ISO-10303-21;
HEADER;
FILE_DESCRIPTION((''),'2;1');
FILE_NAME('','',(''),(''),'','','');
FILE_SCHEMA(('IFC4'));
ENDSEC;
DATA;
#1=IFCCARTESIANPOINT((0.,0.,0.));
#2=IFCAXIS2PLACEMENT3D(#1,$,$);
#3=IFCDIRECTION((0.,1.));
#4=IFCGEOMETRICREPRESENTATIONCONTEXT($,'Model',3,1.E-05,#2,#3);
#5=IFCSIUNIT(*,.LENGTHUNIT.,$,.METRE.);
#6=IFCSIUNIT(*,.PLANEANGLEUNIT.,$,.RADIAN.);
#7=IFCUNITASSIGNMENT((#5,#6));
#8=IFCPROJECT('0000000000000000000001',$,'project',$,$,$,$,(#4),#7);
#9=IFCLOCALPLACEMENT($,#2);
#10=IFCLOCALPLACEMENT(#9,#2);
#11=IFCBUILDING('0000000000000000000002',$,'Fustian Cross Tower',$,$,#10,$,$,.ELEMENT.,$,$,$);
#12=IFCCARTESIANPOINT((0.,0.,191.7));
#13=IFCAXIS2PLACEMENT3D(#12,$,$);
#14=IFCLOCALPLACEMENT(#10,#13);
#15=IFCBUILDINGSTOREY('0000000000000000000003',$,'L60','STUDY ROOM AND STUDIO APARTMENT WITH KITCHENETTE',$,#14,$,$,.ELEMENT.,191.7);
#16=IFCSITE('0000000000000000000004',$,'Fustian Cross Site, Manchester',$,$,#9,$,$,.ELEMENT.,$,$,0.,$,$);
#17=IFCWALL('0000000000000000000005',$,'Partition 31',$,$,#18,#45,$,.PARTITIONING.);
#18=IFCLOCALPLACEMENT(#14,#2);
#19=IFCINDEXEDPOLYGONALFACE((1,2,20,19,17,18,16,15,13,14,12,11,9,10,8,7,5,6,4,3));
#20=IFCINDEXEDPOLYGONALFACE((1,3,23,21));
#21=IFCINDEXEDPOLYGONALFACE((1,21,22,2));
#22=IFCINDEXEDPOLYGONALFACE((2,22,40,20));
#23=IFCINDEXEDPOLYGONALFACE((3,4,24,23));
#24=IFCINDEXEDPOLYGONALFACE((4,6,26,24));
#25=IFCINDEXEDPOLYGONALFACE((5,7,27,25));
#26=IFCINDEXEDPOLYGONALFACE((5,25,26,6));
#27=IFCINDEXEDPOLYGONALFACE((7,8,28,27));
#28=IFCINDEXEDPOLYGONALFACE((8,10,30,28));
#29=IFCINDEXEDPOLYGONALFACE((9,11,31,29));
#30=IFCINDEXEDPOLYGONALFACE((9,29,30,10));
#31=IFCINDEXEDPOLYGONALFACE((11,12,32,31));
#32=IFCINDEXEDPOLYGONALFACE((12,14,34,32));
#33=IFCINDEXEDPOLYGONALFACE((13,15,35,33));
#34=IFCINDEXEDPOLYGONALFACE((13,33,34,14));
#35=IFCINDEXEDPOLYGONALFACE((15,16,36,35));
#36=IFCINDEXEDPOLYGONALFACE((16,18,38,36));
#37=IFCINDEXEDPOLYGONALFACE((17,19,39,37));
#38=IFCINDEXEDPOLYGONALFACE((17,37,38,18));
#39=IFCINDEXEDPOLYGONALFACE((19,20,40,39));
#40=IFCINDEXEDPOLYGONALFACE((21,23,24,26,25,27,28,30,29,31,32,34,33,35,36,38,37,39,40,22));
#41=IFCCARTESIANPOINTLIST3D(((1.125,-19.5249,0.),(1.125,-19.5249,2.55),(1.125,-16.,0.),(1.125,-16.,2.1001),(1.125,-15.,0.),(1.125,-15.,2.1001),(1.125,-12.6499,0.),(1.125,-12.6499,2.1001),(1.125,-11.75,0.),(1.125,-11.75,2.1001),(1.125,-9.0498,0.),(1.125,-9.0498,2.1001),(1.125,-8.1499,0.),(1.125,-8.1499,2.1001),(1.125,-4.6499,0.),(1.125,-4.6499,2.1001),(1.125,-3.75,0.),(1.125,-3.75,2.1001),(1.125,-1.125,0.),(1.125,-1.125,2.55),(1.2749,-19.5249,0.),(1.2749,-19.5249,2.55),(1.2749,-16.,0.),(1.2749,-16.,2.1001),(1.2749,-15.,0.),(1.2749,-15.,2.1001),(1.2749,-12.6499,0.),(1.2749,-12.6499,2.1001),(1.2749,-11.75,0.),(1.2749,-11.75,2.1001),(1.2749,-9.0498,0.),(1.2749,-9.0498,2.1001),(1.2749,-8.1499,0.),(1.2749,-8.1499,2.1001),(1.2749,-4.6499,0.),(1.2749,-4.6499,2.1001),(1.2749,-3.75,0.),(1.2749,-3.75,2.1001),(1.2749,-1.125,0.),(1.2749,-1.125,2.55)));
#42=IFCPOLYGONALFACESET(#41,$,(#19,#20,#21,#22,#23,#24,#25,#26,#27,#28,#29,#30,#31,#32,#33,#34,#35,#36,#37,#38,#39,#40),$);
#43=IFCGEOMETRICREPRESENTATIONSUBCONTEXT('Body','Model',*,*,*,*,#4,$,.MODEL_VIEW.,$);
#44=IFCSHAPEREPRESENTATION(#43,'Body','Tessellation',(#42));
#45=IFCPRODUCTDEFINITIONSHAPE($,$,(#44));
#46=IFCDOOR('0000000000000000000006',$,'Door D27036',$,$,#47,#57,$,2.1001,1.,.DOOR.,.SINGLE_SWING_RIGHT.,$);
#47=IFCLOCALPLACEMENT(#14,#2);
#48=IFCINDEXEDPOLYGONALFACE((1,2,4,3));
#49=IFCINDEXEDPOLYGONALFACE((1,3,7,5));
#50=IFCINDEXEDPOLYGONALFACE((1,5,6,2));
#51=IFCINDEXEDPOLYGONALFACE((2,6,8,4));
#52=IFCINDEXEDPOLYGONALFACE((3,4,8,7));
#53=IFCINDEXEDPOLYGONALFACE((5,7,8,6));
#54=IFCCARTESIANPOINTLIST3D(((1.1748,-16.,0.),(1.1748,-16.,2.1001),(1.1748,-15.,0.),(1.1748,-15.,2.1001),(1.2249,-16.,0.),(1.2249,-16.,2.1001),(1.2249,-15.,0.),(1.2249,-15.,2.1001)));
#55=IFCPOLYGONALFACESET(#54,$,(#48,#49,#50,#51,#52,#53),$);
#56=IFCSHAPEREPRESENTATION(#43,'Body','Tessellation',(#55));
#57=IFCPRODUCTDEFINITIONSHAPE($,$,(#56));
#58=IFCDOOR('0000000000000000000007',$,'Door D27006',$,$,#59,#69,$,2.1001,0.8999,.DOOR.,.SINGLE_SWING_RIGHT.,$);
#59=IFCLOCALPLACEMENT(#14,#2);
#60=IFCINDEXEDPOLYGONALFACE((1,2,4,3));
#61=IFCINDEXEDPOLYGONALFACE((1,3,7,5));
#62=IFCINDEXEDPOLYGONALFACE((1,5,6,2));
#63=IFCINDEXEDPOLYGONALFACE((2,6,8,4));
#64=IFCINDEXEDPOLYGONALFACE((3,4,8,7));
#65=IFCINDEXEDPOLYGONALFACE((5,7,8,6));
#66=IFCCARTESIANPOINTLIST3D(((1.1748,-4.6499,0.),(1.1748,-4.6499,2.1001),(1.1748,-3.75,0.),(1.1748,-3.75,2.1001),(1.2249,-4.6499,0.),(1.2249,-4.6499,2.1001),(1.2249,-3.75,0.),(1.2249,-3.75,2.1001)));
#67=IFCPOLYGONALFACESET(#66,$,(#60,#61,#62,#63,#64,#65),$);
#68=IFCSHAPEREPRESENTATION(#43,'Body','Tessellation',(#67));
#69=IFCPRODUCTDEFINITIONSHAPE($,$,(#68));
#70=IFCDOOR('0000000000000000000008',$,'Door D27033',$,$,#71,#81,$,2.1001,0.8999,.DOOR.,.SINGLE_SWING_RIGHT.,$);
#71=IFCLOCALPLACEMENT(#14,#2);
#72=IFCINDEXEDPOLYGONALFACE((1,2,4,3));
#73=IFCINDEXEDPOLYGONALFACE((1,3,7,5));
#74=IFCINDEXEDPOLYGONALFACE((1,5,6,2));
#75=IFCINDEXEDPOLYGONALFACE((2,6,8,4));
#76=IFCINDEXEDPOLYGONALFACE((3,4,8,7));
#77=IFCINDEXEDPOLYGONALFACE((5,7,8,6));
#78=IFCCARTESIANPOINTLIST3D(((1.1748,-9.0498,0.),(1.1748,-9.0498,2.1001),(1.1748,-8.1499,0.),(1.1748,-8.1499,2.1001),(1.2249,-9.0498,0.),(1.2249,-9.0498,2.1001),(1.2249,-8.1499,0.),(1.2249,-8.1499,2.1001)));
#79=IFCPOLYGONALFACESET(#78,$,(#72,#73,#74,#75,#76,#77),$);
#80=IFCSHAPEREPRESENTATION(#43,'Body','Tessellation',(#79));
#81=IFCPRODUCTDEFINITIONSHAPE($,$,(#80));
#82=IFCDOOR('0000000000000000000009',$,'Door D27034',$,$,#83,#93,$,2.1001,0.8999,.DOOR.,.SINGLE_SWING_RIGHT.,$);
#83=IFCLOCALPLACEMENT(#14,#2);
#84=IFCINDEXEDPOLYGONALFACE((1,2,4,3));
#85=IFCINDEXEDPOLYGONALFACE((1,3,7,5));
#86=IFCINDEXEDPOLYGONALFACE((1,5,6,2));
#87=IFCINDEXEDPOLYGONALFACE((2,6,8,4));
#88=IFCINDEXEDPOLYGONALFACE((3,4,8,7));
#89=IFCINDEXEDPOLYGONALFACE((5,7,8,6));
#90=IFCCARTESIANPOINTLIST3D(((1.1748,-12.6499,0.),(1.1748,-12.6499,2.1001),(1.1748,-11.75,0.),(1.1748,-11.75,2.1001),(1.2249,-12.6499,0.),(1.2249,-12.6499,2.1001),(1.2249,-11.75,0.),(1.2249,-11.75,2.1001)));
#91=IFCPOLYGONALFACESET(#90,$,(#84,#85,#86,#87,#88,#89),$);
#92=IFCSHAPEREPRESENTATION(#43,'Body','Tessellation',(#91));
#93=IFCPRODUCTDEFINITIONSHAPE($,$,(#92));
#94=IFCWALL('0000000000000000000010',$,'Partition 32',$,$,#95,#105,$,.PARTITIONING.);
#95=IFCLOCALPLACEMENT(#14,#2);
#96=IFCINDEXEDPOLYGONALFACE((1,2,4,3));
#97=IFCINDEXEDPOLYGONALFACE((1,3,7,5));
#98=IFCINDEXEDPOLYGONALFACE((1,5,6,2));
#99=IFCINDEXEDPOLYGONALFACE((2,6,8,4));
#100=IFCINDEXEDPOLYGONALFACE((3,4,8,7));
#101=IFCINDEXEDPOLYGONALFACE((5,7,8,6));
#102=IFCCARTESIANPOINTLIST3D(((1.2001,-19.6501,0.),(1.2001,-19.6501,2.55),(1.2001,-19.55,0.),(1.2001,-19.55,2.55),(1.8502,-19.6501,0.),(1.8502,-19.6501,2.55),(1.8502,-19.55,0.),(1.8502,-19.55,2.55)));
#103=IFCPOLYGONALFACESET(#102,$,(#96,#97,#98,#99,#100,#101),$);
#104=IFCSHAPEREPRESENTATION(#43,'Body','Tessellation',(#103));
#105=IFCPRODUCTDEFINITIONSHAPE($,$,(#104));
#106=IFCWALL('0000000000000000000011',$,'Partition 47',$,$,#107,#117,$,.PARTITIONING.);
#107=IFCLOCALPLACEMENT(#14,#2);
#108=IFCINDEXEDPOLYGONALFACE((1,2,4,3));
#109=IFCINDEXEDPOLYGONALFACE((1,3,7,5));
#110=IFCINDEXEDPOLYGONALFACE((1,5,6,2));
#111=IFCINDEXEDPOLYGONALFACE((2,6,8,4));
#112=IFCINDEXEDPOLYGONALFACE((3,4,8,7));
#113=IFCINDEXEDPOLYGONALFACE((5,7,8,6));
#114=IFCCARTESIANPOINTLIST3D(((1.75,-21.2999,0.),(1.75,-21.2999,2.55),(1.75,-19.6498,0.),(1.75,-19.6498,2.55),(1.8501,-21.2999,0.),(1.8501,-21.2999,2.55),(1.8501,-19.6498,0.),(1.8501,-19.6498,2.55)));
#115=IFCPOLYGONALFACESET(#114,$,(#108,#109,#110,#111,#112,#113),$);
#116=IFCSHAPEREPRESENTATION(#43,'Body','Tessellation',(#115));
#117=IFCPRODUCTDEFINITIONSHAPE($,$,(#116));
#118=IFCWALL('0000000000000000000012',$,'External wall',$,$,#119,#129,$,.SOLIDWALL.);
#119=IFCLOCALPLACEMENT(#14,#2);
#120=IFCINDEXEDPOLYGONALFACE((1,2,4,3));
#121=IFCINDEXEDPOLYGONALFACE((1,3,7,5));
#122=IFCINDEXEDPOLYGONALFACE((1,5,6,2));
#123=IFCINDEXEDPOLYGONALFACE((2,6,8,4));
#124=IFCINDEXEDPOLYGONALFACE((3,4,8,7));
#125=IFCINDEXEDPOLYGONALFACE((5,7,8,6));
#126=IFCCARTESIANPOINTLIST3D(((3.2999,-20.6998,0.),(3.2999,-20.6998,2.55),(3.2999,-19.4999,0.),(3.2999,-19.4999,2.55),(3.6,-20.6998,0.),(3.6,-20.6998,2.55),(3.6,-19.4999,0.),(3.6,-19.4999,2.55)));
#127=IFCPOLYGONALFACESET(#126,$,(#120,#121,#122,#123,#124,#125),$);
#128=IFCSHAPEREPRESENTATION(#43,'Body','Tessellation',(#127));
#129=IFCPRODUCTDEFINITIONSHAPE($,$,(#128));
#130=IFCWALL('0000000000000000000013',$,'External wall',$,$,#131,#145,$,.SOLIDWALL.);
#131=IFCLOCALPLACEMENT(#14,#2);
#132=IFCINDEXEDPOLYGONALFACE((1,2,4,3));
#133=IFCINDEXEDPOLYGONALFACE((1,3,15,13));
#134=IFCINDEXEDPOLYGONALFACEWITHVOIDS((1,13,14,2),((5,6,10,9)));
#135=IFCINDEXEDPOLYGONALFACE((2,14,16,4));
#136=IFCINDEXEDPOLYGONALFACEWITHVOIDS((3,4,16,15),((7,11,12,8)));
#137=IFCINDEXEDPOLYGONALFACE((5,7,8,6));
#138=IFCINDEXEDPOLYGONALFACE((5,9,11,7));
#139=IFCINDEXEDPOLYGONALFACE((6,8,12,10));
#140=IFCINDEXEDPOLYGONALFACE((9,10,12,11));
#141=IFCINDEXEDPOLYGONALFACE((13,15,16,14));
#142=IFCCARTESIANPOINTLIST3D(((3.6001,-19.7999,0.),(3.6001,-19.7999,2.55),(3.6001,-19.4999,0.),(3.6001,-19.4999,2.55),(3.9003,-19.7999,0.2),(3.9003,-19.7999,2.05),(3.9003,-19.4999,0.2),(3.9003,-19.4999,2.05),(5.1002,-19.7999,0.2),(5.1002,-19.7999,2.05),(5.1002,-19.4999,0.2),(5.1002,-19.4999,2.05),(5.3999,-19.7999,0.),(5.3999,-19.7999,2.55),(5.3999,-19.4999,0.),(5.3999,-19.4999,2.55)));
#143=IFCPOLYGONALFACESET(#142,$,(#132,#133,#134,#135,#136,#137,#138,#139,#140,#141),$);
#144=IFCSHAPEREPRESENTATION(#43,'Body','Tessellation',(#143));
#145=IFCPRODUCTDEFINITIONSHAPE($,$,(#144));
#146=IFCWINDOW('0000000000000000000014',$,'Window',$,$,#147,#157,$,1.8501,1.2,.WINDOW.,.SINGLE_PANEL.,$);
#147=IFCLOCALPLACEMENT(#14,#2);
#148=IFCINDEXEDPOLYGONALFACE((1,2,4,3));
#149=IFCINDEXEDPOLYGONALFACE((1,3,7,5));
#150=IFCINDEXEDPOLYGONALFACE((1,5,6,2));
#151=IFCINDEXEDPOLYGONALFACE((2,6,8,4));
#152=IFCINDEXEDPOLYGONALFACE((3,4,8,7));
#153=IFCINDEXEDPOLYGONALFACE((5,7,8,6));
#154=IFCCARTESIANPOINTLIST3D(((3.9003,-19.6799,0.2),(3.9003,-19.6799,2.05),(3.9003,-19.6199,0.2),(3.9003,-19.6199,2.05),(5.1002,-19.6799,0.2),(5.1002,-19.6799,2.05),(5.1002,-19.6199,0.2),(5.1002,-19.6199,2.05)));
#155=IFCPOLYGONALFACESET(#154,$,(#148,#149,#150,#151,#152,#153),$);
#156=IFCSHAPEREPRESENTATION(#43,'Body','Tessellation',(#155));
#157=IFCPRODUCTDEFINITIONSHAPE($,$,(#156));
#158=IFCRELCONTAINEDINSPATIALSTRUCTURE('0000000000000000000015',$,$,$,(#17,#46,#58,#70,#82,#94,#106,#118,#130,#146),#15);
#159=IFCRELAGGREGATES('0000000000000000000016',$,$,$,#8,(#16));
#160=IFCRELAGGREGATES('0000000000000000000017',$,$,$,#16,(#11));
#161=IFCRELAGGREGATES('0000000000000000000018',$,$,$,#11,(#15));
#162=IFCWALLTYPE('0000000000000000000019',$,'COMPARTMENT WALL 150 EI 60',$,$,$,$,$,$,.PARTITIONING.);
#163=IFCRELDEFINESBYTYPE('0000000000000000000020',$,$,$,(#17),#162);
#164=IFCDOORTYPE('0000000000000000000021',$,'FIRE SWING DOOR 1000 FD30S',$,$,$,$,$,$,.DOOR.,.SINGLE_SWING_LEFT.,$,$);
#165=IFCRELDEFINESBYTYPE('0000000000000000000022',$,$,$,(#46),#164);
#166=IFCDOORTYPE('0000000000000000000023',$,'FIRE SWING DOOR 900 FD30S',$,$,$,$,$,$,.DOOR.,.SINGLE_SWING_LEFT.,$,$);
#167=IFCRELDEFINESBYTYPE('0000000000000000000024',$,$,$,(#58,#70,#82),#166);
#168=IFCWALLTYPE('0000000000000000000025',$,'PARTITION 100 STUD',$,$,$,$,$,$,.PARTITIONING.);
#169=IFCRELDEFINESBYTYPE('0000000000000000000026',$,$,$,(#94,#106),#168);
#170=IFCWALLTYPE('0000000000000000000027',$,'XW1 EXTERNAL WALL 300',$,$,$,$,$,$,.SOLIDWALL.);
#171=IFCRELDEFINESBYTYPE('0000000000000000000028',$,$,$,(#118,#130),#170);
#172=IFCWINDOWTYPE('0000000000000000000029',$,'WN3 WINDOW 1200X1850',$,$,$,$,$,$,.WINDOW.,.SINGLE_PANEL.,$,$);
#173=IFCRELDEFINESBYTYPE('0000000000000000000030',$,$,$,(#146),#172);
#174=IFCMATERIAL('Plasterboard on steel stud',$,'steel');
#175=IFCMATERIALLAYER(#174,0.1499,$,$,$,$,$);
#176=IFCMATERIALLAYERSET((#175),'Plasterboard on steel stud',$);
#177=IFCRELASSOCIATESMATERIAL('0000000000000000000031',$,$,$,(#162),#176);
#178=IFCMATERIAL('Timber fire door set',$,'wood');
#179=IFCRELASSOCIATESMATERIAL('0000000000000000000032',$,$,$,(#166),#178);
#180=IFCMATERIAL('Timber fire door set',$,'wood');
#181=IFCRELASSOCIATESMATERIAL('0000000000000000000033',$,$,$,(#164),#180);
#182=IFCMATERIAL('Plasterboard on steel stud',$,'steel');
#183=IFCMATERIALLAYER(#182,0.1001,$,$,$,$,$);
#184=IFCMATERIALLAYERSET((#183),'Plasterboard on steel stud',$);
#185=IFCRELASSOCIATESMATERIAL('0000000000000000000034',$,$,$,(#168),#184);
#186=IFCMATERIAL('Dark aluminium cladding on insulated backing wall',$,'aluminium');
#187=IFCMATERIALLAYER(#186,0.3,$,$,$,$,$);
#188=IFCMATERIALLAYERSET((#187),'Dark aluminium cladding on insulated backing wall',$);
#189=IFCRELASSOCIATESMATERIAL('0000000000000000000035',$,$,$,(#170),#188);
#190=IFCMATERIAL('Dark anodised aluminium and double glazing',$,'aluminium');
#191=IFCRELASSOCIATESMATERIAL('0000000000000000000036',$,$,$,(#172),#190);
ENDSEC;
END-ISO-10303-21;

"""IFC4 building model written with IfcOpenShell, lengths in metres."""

from ifc_helpers import new_model, si_unit, direction, frame, frame_2d, origin, place, context, subcontext, project, spatial, rectangle, extrude, material, layer, layer_set, type_object, element, fill, save


model = new_model("IFC4")

# Units and contexts
model_context = context("Model", 3, precision=1e-05, world=origin(), true_north=direction((0.0, 1.0)))
body_context = subcontext(model_context, "Body", "Model", "MODEL_VIEW")
ifc_project = project(units=[si_unit("LENGTHUNIT", "METRE"), si_unit("PLANEANGLEUNIT", "RADIAN")], contexts=[model_context])

# Site, building, storey
site_placement = place(None, origin())
site = spatial("IfcSite", under=ifc_project, at=site_placement, Name="Fustian Cross Site, Manchester", CompositionType="ELEMENT", RefElevation=0.0)
building_placement = place(site_placement, origin())
building = spatial("IfcBuilding", under=site, at=building_placement, Name="Fustian Cross Tower", CompositionType="ELEMENT")
storey_placement = place(building_placement, frame((0.0, 0.0, 191.7)))
storey = spatial("IfcBuildingStorey", under=building, at=storey_placement, Name="L60", Description="STUDY ROOM AND STUDIO APARTMENT WITH KITCHENETTE", CompositionType="ELEMENT", Elevation=191.7)

# Shared definitions
ifc_material_1 = material(Name="Plasterboard on steel stud", Category="steel")
ifc_layer_1 = layer(ifc_material_1, 0.1499)
ifc_layer_set_1 = layer_set([ifc_layer_1], Name="Plasterboard on steel stud")
wall_type_1 = type_object("IfcWallType", Name="COMPARTMENT WALL 150 EI 60", PredefinedType="PARTITIONING", material=ifc_layer_set_1)
ifc_material_2 = material(Name="Timber fire door set", Category="wood")
door_type_1 = type_object("IfcDoorType", Name="FIRE SWING DOOR 900 FD30S", OperationType="SINGLE_SWING_LEFT", PredefinedType="DOOR", material=ifc_material_2)

# Wall, openings, doors
wall_1_placement = place(storey_placement, frame((1.2, -19.5249, 0.0), z_axis=(0.0, 0.0, 1.0), x_axis=(0.0, 1.0, 0.0)))
wall_1 = element("IfcWall", 1, at=wall_1_placement, inside=storey, type_object=wall_type_1, Name="Partition 31", PredefinedType="PARTITIONING", context=body_context, shape_type="SweptSolid", body=[
    extrude(rectangle(XDim=18.3999, YDim=0.1499, at=frame_2d((9.2, 0.0))), origin(), (0.0, 0.0, 1.0), 2.55),
])
opening_1_placement = place(wall_1_placement, frame((14.875, 0.0, 0.0)))
opening_1 = element("IfcOpeningElement", 2, at=opening_1_placement, cuts=wall_1, PredefinedType="OPENING", context=body_context, shape_type="SweptSolid", body=[
    extrude(rectangle(XDim=0.8999, YDim=2.1001, at=frame_2d((0.45, 1.05))), frame((0.0, 0.085, 0.0), z_axis=(0.0, -1.0, 0.0), x_axis=(1.0, 0.0, 0.0)), (0.0, 0.0, 1.0), 0.1699),
])
opening_2_placement = place(wall_1_placement, frame((10.4751, 0.0, 0.0)))
opening_2 = element("IfcOpeningElement", 3, at=opening_2_placement, cuts=wall_1, PredefinedType="OPENING", context=body_context, shape_type="SweptSolid", body=[
    extrude(rectangle(XDim=0.8999, YDim=2.1001, at=frame_2d((0.45, 1.05))), frame((0.0, 0.085, 0.0), z_axis=(0.0, -1.0, 0.0), x_axis=(1.0, 0.0, 0.0)), (0.0, 0.0, 1.0), 0.1699),
])
opening_3_placement = place(wall_1_placement, frame((6.875, 0.0, 0.0)))
opening_3 = element("IfcOpeningElement", 4, at=opening_3_placement, cuts=wall_1, PredefinedType="OPENING", context=body_context, shape_type="SweptSolid", body=[
    extrude(rectangle(XDim=0.8999, YDim=2.1001, at=frame_2d((0.45, 1.05))), frame((0.0, 0.085, 0.0), z_axis=(0.0, -1.0, 0.0), x_axis=(1.0, 0.0, 0.0)), (0.0, 0.0, 1.0), 0.1699),
])
opening_4_placement = place(wall_1_placement, frame((3.5249, 0.0, 0.0)))
opening_4 = element("IfcOpeningElement", 5, at=opening_4_placement, cuts=wall_1, PredefinedType="OPENING", context=body_context, shape_type="SweptSolid", body=[
    extrude(rectangle(XDim=1.0, YDim=2.1001, at=frame_2d((0.5, 1.05))), frame((0.0, 0.085, 0.0), z_axis=(0.0, -1.0, 0.0), x_axis=(1.0, 0.0, 0.0)), (0.0, 0.0, 1.0), 0.1699),
])
ifc_material_3 = material(Name="Timber fire door set", Category="wood")
door_type_2 = type_object("IfcDoorType", Name="FIRE SWING DOOR 1000 FD30S", OperationType="SINGLE_SWING_LEFT", PredefinedType="DOOR", material=ifc_material_3)
door_1_placement = place(opening_4_placement, frame((1.0, 0.0, 0.0), z_axis=(0.0, 0.0, 1.0), x_axis=(-1.0, 0.0, 0.0)))
door_1 = element("IfcDoor", 6, at=door_1_placement, inside=storey, type_object=door_type_2, Name="Door D27036", OperationType="SINGLE_SWING_RIGHT", OverallHeight=2.1001, OverallWidth=1.0, PredefinedType="DOOR", context=body_context, shape_type="SweptSolid", body=[
    extrude(rectangle(XDim=1.0, YDim=2.1001, at=frame_2d((0.5, 1.05))), frame((0.0, 0.0249, 0.0), z_axis=(0.0, -1.0, 0.0), x_axis=(1.0, 0.0, 0.0)), (0.0, 0.0, 1.0), 0.05),
])
fill(opening_4, door_1)
door_2_placement = place(opening_1_placement, frame((0.8999, 0.0, 0.0), z_axis=(0.0, 0.0, 1.0), x_axis=(-1.0, 0.0, 0.0)))
door_2 = element("IfcDoor", 7, at=door_2_placement, inside=storey, type_object=door_type_1, Name="Door D27006", OperationType="SINGLE_SWING_RIGHT", OverallHeight=2.1001, OverallWidth=0.8999, PredefinedType="DOOR", context=body_context, shape_type="SweptSolid", body=[
    extrude(rectangle(XDim=0.8999, YDim=2.1001, at=frame_2d((0.45, 1.05))), frame((0.0, 0.0249, 0.0), z_axis=(0.0, -1.0, 0.0), x_axis=(1.0, 0.0, 0.0)), (0.0, 0.0, 1.0), 0.05),
])
fill(opening_1, door_2)
door_3_placement = place(opening_2_placement, frame((0.8999, 0.0, 0.0), z_axis=(0.0, 0.0, 1.0), x_axis=(-1.0, 0.0, 0.0)))
door_3 = element("IfcDoor", 8, at=door_3_placement, inside=storey, type_object=door_type_1, Name="Door D27033", OperationType="SINGLE_SWING_RIGHT", OverallHeight=2.1001, OverallWidth=0.8999, PredefinedType="DOOR", context=body_context, shape_type="SweptSolid", body=[
    extrude(rectangle(XDim=0.8999, YDim=2.1001, at=frame_2d((0.45, 1.05))), frame((0.0, 0.0249, 0.0), z_axis=(0.0, -1.0, 0.0), x_axis=(1.0, 0.0, 0.0)), (0.0, 0.0, 1.0), 0.05),
])
fill(opening_2, door_3)
door_4_placement = place(opening_3_placement, frame((0.8999, 0.0, 0.0), z_axis=(0.0, 0.0, 1.0), x_axis=(-1.0, 0.0, 0.0)))
door_4 = element("IfcDoor", 9, at=door_4_placement, inside=storey, type_object=door_type_1, Name="Door D27034", OperationType="SINGLE_SWING_RIGHT", OverallHeight=2.1001, OverallWidth=0.8999, PredefinedType="DOOR", context=body_context, shape_type="SweptSolid", body=[
    extrude(rectangle(XDim=0.8999, YDim=2.1001, at=frame_2d((0.45, 1.05))), frame((0.0, 0.0249, 0.0), z_axis=(0.0, -1.0, 0.0), x_axis=(1.0, 0.0, 0.0)), (0.0, 0.0, 1.0), 0.05),
])
fill(opening_3, door_4)

# Walls
ifc_material_4 = material(Name="Plasterboard on steel stud", Category="steel")
ifc_layer_2 = layer(ifc_material_4, 0.1001)
ifc_layer_set_2 = layer_set([ifc_layer_2], Name="Plasterboard on steel stud")
wall_type_2 = type_object("IfcWallType", Name="PARTITION 100 STUD", PredefinedType="PARTITIONING", material=ifc_layer_set_2)
wall_2_placement = place(storey_placement, frame((1.2, -19.6001, 0.0), z_axis=(0.0, 0.0, 1.0), x_axis=(1.0, 0.0, 0.0)))
element("IfcWall", 10, at=wall_2_placement, inside=storey, type_object=wall_type_2, Name="Partition 32", PredefinedType="PARTITIONING", context=body_context, shape_type="SweptSolid", body=[
    extrude(rectangle(XDim=0.6501, YDim=0.1001, at=frame_2d((0.3252, 0.0))), origin(), (0.0, 0.0, 1.0), 2.55),
])
wall_3_placement = place(storey_placement, frame((1.8, -21.3, 0.0), z_axis=(0.0, 0.0, 1.0), x_axis=(0.0, 1.0, 0.0)))
element("IfcWall", 11, at=wall_3_placement, inside=storey, type_object=wall_type_2, Name="Partition 47", PredefinedType="PARTITIONING", context=body_context, shape_type="SweptSolid", body=[
    extrude(rectangle(XDim=1.6501, YDim=0.1001, at=frame_2d((0.8252, 0.0))), origin(), (0.0, 0.0, 1.0), 2.55),
])
ifc_material_5 = material(Name="Dark aluminium cladding on insulated backing wall", Category="aluminium")
ifc_layer_3 = layer(ifc_material_5, 0.3)
ifc_layer_set_3 = layer_set([ifc_layer_3], Name="Dark aluminium cladding on insulated backing wall")
wall_type_3 = type_object("IfcWallType", Name="XW1 EXTERNAL WALL 300", PredefinedType="SOLIDWALL", material=ifc_layer_set_3)
wall_4_placement = place(storey_placement, frame((3.45, -20.7, 0.0), z_axis=(0.0, 0.0, 1.0), x_axis=(0.0, 1.0, 0.0)))
element("IfcWall", 12, at=wall_4_placement, inside=storey, type_object=wall_type_3, Name="External wall", PredefinedType="SOLIDWALL", context=body_context, shape_type="SweptSolid", body=[
    extrude(rectangle(XDim=1.2, YDim=0.3, at=frame_2d((0.6001, 0.0))), origin(), (0.0, 0.0, 1.0), 2.55),
])

# Wall, opening, window
wall_5_placement = place(storey_placement, frame((3.6001, -19.6499, 0.0), z_axis=(0.0, 0.0, 1.0), x_axis=(1.0, 0.0, 0.0)))
wall_5 = element("IfcWall", 13, at=wall_5_placement, inside=storey, type_object=wall_type_3, Name="External wall", PredefinedType="SOLIDWALL", context=body_context, shape_type="SweptSolid", body=[
    extrude(rectangle(XDim=1.7998, YDim=0.3, at=frame_2d((0.8999, 0.0))), origin(), (0.0, 0.0, 1.0), 2.55),
])
opening_5_placement = place(wall_5_placement, frame((0.3, 0.0, 0.2)))
opening_5 = element("IfcOpeningElement", 14, at=opening_5_placement, cuts=wall_5, PredefinedType="OPENING", context=body_context, shape_type="SweptSolid", body=[
    extrude(rectangle(XDim=1.2, YDim=1.8501, at=frame_2d((0.6001, 0.925))), frame((0.0, 0.1599, 0.0), z_axis=(0.0, -1.0, 0.0), x_axis=(1.0, 0.0, 0.0)), (0.0, 0.0, 1.0), 0.3201),
])
ifc_material_6 = material(Name="Dark anodised aluminium and double glazing", Category="aluminium")
window_type = type_object("IfcWindowType", Name="WN3 WINDOW 1200X1850", PartitioningType="SINGLE_PANEL", PredefinedType="WINDOW", material=ifc_material_6)
window_placement = place(opening_5_placement, origin())
window = element("IfcWindow", 15, at=window_placement, inside=storey, type_object=window_type, Name="Window", OverallHeight=1.8501, OverallWidth=1.2, PartitioningType="SINGLE_PANEL", PredefinedType="WINDOW", context=body_context, shape_type="SweptSolid", body=[
    extrude(rectangle(XDim=1.2, YDim=1.8501, at=frame_2d((0.6001, 0.925))), frame((0.0, 0.03, 0.0), z_axis=(0.0, -1.0, 0.0), x_axis=(1.0, 0.0, 0.0)), (0.0, 0.0, 1.0), 0.0601),
])
fill(opening_5, window)

save(model, "model.ifc")
